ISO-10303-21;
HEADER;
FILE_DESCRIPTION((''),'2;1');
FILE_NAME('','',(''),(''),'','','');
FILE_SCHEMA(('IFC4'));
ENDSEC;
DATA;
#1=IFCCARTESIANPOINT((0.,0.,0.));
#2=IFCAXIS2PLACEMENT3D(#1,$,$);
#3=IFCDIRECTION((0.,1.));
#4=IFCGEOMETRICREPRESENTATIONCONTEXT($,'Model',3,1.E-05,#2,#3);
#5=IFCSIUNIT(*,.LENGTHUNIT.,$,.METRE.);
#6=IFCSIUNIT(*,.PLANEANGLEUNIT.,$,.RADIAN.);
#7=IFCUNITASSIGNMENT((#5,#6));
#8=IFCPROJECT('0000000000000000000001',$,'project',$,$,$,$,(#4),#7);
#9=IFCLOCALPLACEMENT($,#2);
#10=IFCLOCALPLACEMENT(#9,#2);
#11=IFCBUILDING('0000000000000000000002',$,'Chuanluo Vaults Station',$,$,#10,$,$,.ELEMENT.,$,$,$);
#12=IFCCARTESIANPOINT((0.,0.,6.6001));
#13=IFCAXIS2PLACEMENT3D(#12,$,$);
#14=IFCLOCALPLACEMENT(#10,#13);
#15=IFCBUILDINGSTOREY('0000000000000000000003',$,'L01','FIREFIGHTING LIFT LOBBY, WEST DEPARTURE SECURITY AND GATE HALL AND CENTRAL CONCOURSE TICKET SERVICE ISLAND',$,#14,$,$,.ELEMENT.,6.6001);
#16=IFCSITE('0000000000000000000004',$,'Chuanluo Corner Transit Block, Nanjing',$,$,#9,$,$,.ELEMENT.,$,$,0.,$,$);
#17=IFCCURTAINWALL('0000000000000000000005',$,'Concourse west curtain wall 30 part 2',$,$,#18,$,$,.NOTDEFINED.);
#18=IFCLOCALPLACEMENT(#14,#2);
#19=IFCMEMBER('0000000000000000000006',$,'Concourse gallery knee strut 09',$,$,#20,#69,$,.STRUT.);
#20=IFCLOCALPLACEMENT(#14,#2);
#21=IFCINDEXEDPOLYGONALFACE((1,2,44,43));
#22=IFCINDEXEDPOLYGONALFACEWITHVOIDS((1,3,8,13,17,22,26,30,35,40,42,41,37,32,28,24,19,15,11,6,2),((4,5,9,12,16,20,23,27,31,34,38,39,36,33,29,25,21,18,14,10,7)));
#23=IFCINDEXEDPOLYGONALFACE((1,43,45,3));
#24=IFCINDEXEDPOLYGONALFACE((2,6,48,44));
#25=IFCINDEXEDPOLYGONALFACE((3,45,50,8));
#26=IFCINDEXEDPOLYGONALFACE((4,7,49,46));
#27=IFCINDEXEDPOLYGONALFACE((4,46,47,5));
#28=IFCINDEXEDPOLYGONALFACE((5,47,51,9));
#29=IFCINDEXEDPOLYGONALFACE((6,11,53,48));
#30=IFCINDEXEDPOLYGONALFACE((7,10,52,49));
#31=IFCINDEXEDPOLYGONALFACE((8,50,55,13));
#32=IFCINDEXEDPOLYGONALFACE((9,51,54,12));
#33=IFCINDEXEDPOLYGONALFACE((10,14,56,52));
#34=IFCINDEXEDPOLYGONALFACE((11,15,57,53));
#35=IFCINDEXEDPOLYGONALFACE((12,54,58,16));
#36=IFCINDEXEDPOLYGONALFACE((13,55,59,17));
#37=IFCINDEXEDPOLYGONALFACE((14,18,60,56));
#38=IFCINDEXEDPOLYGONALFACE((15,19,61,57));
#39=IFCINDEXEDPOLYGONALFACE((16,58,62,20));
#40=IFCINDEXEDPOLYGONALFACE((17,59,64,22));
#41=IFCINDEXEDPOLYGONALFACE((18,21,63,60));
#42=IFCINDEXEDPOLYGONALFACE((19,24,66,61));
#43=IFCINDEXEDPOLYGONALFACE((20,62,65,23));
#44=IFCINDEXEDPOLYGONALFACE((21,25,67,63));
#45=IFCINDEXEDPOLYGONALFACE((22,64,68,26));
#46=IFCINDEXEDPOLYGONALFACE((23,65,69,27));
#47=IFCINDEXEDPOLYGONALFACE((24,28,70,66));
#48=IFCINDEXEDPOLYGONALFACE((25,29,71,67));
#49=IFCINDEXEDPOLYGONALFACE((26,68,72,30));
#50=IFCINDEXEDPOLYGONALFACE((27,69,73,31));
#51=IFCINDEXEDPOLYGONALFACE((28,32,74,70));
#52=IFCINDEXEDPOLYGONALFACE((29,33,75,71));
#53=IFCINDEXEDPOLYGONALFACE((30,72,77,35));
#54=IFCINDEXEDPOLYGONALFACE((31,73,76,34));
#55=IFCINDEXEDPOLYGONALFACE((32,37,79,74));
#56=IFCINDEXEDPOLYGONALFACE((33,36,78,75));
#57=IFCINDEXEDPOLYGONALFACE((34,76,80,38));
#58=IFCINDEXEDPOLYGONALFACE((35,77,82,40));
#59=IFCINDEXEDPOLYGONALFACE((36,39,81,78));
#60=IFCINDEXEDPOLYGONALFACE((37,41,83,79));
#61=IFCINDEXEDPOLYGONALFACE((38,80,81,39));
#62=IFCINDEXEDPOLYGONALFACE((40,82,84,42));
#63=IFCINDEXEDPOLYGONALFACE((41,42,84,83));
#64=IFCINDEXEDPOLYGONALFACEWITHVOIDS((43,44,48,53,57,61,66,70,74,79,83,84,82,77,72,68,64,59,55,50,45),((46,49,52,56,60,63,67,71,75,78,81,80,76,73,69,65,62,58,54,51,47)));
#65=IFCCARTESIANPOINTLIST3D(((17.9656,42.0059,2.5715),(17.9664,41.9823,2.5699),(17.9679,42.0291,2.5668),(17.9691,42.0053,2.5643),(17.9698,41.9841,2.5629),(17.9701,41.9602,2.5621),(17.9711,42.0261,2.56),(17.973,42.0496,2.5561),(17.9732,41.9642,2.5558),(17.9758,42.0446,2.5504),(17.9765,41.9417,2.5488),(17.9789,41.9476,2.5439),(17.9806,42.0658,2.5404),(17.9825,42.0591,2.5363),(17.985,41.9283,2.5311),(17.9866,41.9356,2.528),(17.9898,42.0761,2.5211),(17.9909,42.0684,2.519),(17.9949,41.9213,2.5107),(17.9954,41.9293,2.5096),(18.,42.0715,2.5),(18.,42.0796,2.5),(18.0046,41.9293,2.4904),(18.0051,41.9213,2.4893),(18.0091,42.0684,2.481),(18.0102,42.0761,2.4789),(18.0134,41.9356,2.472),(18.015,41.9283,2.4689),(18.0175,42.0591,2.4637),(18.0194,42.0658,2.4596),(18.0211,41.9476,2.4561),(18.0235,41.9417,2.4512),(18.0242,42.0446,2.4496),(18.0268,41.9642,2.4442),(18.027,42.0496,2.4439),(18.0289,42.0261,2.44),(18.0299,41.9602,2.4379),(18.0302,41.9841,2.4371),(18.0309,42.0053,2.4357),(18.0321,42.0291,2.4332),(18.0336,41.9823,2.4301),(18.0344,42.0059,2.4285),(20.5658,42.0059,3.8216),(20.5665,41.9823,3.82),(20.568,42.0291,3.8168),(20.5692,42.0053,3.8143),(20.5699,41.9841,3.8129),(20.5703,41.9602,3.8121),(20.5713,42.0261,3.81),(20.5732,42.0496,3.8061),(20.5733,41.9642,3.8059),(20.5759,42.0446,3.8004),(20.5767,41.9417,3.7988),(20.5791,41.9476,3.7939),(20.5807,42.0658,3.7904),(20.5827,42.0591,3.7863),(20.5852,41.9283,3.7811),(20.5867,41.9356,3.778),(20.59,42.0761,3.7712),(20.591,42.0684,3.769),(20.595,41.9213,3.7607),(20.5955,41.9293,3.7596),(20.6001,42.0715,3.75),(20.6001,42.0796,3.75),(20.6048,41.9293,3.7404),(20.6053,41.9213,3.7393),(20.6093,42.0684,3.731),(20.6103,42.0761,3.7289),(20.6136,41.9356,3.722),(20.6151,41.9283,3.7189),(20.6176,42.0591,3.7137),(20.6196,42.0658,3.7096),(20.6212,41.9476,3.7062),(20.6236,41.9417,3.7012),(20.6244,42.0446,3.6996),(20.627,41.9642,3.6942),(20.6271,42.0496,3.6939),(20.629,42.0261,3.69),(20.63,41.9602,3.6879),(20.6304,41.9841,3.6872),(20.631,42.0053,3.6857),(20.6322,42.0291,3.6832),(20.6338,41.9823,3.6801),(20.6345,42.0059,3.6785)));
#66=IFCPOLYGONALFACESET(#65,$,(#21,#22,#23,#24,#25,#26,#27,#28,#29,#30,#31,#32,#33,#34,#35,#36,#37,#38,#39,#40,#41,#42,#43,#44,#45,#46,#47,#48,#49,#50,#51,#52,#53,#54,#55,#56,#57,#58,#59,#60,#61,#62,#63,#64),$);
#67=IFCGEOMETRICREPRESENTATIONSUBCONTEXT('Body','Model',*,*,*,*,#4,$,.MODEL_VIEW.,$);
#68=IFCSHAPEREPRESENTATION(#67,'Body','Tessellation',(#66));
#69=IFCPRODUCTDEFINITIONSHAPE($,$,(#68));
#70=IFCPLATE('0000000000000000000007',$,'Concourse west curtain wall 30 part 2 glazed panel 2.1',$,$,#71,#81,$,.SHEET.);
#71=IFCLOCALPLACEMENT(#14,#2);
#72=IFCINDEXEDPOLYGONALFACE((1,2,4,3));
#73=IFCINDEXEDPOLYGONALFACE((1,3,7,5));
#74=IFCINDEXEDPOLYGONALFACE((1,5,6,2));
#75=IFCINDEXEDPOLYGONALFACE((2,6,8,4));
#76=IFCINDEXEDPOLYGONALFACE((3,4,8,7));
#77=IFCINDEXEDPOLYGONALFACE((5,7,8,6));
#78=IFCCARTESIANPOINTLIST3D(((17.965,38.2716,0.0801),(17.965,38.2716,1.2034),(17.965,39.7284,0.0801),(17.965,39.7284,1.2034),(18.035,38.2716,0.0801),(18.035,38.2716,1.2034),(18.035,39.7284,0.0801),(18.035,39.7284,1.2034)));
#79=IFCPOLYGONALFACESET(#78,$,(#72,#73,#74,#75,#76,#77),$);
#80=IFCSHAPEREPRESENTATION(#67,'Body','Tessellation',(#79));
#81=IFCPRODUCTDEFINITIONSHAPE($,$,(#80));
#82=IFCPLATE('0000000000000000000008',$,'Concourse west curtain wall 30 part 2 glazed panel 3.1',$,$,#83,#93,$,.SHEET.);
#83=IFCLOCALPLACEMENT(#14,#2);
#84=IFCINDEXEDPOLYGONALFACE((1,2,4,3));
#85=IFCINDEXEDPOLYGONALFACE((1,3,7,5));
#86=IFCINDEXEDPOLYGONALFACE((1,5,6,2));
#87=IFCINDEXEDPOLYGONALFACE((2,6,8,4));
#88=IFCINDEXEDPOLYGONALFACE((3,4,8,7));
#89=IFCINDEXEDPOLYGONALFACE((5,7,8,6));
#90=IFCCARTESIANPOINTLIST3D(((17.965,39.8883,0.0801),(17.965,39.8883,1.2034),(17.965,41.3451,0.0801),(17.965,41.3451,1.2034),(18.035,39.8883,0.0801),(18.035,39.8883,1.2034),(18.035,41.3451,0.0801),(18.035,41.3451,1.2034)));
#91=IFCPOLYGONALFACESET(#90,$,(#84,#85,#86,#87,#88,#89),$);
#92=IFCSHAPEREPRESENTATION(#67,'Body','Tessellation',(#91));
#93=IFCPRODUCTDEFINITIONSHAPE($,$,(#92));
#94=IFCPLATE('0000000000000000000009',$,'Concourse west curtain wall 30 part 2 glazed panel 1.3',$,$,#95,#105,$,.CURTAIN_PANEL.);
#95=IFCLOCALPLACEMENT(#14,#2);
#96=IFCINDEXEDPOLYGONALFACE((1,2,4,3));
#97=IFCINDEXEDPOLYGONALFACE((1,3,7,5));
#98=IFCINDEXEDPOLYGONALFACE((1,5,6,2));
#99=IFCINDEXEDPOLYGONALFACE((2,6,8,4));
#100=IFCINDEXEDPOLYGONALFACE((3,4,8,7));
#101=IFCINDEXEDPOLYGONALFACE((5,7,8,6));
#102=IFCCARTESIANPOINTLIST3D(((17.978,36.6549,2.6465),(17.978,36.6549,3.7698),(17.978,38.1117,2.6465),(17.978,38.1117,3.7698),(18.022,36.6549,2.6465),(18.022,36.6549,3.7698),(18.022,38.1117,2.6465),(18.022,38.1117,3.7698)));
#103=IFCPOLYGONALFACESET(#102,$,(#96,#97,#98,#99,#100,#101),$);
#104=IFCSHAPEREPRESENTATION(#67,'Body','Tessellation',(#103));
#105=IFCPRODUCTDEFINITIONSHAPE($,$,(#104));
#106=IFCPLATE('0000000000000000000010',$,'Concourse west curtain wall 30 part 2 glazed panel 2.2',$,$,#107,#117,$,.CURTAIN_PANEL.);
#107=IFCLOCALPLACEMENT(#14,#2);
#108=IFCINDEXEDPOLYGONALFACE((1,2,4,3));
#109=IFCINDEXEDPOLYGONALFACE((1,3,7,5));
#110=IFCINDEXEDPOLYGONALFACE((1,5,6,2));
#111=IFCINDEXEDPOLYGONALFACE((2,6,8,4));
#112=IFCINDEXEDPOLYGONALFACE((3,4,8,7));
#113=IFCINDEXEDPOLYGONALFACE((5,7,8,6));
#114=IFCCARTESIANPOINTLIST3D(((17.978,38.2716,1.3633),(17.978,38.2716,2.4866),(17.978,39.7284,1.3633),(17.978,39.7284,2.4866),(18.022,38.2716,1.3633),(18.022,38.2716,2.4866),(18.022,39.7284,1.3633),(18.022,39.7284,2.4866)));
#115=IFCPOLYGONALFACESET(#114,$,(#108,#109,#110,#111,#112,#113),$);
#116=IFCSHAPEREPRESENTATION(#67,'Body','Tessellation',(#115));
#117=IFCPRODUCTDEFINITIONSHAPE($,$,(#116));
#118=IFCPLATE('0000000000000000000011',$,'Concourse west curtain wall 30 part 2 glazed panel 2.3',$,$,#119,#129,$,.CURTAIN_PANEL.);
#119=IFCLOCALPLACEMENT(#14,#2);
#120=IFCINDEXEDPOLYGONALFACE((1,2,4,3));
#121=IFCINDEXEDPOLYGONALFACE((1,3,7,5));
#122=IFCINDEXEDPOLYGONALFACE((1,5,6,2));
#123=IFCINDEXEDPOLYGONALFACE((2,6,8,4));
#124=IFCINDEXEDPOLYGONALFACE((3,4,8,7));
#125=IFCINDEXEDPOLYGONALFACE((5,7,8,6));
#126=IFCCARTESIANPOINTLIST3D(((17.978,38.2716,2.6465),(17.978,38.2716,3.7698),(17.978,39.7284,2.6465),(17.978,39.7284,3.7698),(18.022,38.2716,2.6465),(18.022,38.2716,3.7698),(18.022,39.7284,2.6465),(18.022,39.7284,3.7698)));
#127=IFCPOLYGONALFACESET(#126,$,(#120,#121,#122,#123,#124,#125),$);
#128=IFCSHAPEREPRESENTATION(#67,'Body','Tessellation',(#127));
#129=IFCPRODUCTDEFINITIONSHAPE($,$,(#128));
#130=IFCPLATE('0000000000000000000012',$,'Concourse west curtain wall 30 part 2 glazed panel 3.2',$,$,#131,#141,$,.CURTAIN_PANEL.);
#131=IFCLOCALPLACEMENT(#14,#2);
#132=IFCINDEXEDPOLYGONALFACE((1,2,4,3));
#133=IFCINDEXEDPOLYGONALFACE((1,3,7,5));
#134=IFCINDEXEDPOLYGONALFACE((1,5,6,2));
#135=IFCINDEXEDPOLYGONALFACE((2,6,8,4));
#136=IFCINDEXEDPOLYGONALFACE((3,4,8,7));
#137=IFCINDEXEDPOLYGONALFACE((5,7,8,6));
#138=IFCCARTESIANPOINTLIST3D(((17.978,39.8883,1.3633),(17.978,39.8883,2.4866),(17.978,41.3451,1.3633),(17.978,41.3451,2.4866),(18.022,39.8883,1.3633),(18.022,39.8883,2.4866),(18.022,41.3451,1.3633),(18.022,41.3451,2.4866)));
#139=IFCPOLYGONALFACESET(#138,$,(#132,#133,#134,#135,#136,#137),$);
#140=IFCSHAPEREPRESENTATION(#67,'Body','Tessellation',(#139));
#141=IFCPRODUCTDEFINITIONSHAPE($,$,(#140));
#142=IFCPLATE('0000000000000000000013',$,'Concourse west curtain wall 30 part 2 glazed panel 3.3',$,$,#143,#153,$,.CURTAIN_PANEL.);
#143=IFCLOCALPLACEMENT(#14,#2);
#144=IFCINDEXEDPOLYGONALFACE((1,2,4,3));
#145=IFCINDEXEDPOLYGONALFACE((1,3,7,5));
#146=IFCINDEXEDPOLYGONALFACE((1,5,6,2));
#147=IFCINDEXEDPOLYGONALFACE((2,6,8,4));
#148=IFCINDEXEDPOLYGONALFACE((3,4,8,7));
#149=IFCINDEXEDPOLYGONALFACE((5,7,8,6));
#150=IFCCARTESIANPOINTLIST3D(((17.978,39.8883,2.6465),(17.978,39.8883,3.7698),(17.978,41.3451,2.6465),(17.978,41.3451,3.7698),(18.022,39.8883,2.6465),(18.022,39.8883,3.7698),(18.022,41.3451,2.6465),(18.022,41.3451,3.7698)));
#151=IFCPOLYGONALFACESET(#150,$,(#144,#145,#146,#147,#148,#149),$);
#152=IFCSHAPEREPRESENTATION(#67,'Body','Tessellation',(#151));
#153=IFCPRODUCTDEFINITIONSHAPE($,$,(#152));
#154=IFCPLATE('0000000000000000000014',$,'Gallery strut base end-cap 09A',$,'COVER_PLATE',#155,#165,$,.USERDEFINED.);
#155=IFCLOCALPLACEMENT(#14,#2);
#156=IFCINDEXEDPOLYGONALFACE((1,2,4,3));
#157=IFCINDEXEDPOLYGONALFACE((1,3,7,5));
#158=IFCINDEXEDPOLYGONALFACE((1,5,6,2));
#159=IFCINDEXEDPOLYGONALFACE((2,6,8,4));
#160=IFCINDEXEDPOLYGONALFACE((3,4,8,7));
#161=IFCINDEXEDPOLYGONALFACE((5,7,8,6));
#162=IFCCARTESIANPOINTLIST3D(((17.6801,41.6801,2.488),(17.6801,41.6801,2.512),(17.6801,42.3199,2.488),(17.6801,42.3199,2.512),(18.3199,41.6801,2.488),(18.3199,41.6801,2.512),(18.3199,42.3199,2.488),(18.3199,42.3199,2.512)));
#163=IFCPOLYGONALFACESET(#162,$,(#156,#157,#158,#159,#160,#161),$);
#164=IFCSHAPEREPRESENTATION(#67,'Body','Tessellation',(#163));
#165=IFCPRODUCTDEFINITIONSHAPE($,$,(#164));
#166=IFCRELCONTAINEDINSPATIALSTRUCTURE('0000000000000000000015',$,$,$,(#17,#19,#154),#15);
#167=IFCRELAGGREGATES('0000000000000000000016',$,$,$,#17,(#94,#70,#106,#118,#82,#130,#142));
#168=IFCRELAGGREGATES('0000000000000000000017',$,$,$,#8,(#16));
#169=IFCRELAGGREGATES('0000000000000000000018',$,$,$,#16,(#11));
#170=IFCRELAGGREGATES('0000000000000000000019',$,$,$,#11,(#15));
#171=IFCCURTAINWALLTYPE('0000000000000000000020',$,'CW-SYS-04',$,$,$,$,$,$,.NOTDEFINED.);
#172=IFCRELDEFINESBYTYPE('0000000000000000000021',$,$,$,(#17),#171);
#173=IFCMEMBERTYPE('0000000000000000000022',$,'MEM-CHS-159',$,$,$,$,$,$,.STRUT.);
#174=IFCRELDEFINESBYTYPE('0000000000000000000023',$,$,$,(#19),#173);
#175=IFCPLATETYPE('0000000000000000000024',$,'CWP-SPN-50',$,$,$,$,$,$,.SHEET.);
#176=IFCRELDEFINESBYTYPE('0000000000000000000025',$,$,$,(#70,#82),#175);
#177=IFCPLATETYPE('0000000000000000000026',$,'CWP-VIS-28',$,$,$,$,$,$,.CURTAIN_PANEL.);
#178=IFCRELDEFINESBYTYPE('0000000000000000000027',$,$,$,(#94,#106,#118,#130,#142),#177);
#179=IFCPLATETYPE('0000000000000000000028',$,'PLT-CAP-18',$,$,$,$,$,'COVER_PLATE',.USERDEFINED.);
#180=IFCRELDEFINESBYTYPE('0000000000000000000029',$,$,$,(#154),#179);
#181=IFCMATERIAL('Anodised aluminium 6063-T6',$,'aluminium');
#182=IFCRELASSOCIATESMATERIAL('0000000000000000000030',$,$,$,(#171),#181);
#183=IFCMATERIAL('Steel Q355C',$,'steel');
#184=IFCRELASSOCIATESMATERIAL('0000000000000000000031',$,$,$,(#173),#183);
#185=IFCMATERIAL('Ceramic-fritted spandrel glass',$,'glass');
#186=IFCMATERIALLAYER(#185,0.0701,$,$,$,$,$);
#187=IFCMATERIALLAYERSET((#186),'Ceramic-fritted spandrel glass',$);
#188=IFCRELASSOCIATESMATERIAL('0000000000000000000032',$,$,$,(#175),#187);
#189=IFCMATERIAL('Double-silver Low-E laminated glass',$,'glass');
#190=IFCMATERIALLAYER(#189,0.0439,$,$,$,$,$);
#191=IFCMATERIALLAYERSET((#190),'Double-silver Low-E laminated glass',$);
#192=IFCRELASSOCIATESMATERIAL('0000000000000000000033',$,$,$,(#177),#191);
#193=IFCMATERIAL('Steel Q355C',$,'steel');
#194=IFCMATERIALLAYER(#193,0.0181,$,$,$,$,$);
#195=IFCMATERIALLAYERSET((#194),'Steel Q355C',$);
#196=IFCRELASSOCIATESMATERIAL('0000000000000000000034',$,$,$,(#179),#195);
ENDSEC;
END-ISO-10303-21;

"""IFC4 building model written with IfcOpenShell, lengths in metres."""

from ifc_helpers import new_model, si_unit, direction, frame, origin, origin_2d, place, context, subcontext, project, spatial, rectangle, hollow_circle, extrude, material, layer, layer_set, material_profile, profile_set, type_object, element, aggregate, save


model = new_model("IFC4")

# Units and contexts
model_context = context("Model", 3, precision=1e-05, world=origin(), true_north=direction((0.0, 1.0)))
body_context = subcontext(model_context, "Body", "Model", "MODEL_VIEW")
ifc_project = project(units=[si_unit("LENGTHUNIT", "METRE"), si_unit("PLANEANGLEUNIT", "RADIAN")], contexts=[model_context])

# Site, building, storey
site_placement = place(None, origin())
site = spatial("IfcSite", under=ifc_project, at=site_placement, Name="Chuanluo Corner Transit Block, Nanjing", CompositionType="ELEMENT", RefElevation=0.0)
building_placement = place(site_placement, origin())
building = spatial("IfcBuilding", under=site, at=building_placement, Name="Chuanluo Vaults Station", CompositionType="ELEMENT")
storey_placement = place(building_placement, frame((0.0, 0.0, 6.6001)))
storey = spatial("IfcBuildingStorey", under=building, at=storey_placement, Name="L01", Description="FIREFIGHTING LIFT LOBBY, WEST DEPARTURE SECURITY AND GATE HALL AND CENTRAL CONCOURSE TICKET SERVICE ISLAND", CompositionType="ELEMENT", Elevation=6.6001)

# Curtain wall
ifc_material_1 = material(Name="Anodised aluminium 6063-T6", Category="aluminium")
curtain_wall_type = type_object("IfcCurtainWallType", Name="CW-SYS-04", PredefinedType="NOTDEFINED", material=ifc_material_1)
curtain_wall_placement = place(storey_placement, origin())
curtain_wall = element("IfcCurtainWall", 1, at=curtain_wall_placement, inside=storey, type_object=curtain_wall_type, Name="Concourse west curtain wall 30 part 2", PredefinedType="NOTDEFINED")

# Member
ifc_material_2 = material(Name="Steel Q355C", Category="steel")
ifc_material_profile_1 = material_profile(ifc_material_2, hollow_circle(Radius=0.0796, WallThickness=0.0081, at=origin_2d()))
ifc_profile_set_1 = profile_set([ifc_material_profile_1], Name="Steel Q355C")
member_type_1 = type_object("IfcMemberType", Name="MEM-CHS-159", PredefinedType="STRUT", material=ifc_profile_set_1)
member_1_placement = place(storey_placement, frame((18.0, 42.0, 2.5), z_axis=(0.901259, 0.0, 0.433281), x_axis=(0.0, 1.0, 0.0)))
element("IfcMember", 2, at=member_1_placement, inside=storey, type_object=member_type_1, Name="Concourse gallery knee strut 09", PredefinedType="STRUT", context=body_context, shape_type="SweptSolid", body=[
    extrude(hollow_circle(Radius=0.0796, WallThickness=0.0081, at=origin_2d()), origin(), (0.0, 0.0, 1.0), 2.885),
])

# Plates
ifc_material_3 = material(Name="Ceramic-fritted spandrel glass", Category="glass")
ifc_layer_1 = layer(ifc_material_3, 0.0701)
ifc_layer_set_1 = layer_set([ifc_layer_1], Name="Ceramic-fritted spandrel glass")
plate_type_1 = type_object("IfcPlateType", Name="CWP-SPN-50", PredefinedType="SHEET", material=ifc_layer_set_1)
plate_1_placement = place(storey_placement, frame((18.0, 39.0, 0.0801), z_axis=(0.0, 0.0, 1.0), x_axis=(0.0, 1.0, 0.0)))
plate_1 = element("IfcPlate", 3, at=plate_1_placement, type_object=plate_type_1, Name="Concourse west curtain wall 30 part 2 glazed panel 2.1", PredefinedType="SHEET", context=body_context, shape_type="SweptSolid", body=[
    extrude(rectangle(XDim=1.4568, YDim=0.0701, at=origin_2d()), origin(), (0.0, 0.0, 1.0), 1.1233),
])
plate_2_placement = place(storey_placement, frame((18.0, 40.6167, 0.0801), z_axis=(0.0, 0.0, 1.0), x_axis=(0.0, 1.0, 0.0)))
plate_2 = element("IfcPlate", 4, at=plate_2_placement, type_object=plate_type_1, Name="Concourse west curtain wall 30 part 2 glazed panel 3.1", PredefinedType="SHEET", context=body_context, shape_type="SweptSolid", body=[
    extrude(rectangle(XDim=1.4568, YDim=0.0701, at=origin_2d()), origin(), (0.0, 0.0, 1.0), 1.1233),
])
ifc_material_4 = material(Name="Double-silver Low-E laminated glass", Category="glass")
ifc_layer_2 = layer(ifc_material_4, 0.0439)
ifc_layer_set_2 = layer_set([ifc_layer_2], Name="Double-silver Low-E laminated glass")
plate_type_2 = type_object("IfcPlateType", Name="CWP-VIS-28", PredefinedType="CURTAIN_PANEL", material=ifc_layer_set_2)
plate_3_placement = place(storey_placement, frame((18.0, 37.3833, 2.6465), z_axis=(0.0, 0.0, 1.0), x_axis=(0.0, 1.0, 0.0)))
plate_3 = element("IfcPlate", 5, at=plate_3_placement, type_object=plate_type_2, Name="Concourse west curtain wall 30 part 2 glazed panel 1.3", PredefinedType="CURTAIN_PANEL", context=body_context, shape_type="SweptSolid", body=[
    extrude(rectangle(XDim=1.4568, YDim=0.0439, at=origin_2d()), origin(), (0.0, 0.0, 1.0), 1.1233),
])
plate_4_placement = place(storey_placement, frame((18.0, 39.0, 1.3633), z_axis=(0.0, 0.0, 1.0), x_axis=(0.0, 1.0, 0.0)))
plate_4 = element("IfcPlate", 6, at=plate_4_placement, type_object=plate_type_2, Name="Concourse west curtain wall 30 part 2 glazed panel 2.2", PredefinedType="CURTAIN_PANEL", context=body_context, shape_type="SweptSolid", body=[
    extrude(rectangle(XDim=1.4568, YDim=0.0439, at=origin_2d()), origin(), (0.0, 0.0, 1.0), 1.1233),
])
plate_5_placement = place(storey_placement, frame((18.0, 39.0, 2.6465), z_axis=(0.0, 0.0, 1.0), x_axis=(0.0, 1.0, 0.0)))
plate_5 = element("IfcPlate", 7, at=plate_5_placement, type_object=plate_type_2, Name="Concourse west curtain wall 30 part 2 glazed panel 2.3", PredefinedType="CURTAIN_PANEL", context=body_context, shape_type="SweptSolid", body=[
    extrude(rectangle(XDim=1.4568, YDim=0.0439, at=origin_2d()), origin(), (0.0, 0.0, 1.0), 1.1233),
])
plate_6_placement = place(storey_placement, frame((18.0, 40.6167, 1.3633), z_axis=(0.0, 0.0, 1.0), x_axis=(0.0, 1.0, 0.0)))
plate_6 = element("IfcPlate", 8, at=plate_6_placement, type_object=plate_type_2, Name="Concourse west curtain wall 30 part 2 glazed panel 3.2", PredefinedType="CURTAIN_PANEL", context=body_context, shape_type="SweptSolid", body=[
    extrude(rectangle(XDim=1.4568, YDim=0.0439, at=origin_2d()), origin(), (0.0, 0.0, 1.0), 1.1233),
])
plate_7_placement = place(storey_placement, frame((18.0, 40.6167, 2.6465), z_axis=(0.0, 0.0, 1.0), x_axis=(0.0, 1.0, 0.0)))
plate_7 = element("IfcPlate", 9, at=plate_7_placement, type_object=plate_type_2, Name="Concourse west curtain wall 30 part 2 glazed panel 3.3", PredefinedType="CURTAIN_PANEL", context=body_context, shape_type="SweptSolid", body=[
    extrude(rectangle(XDim=1.4568, YDim=0.0439, at=origin_2d()), origin(), (0.0, 0.0, 1.0), 1.1233),
])
aggregate(curtain_wall, [plate_3, plate_1, plate_4, plate_5, plate_2, plate_6, plate_7])
ifc_material_5 = material(Name="Steel Q355C", Category="steel")
ifc_layer_3 = layer(ifc_material_5, 0.0181)
ifc_layer_set_3 = layer_set([ifc_layer_3], Name="Steel Q355C")
plate_type_3 = type_object("IfcPlateType", Name="PLT-CAP-18", ElementType="COVER_PLATE", PredefinedType="USERDEFINED", material=ifc_layer_set_3)
plate_8_placement = place(storey_placement, frame((18.0, 42.0, 2.488), z_axis=(0.0, 0.0, 1.0), x_axis=(1.0, 0.0, 0.0)))
element("IfcPlate", 10, at=plate_8_placement, inside=storey, type_object=plate_type_3, Name="Gallery strut base end-cap 09A", ObjectType="COVER_PLATE", PredefinedType="USERDEFINED", context=body_context, shape_type="SweptSolid", body=[
    extrude(rectangle(XDim=0.6399, YDim=0.6399, at=origin_2d()), origin(), (0.0, 0.0, 1.0), 0.0239),
])

save(model, "model.ifc")
